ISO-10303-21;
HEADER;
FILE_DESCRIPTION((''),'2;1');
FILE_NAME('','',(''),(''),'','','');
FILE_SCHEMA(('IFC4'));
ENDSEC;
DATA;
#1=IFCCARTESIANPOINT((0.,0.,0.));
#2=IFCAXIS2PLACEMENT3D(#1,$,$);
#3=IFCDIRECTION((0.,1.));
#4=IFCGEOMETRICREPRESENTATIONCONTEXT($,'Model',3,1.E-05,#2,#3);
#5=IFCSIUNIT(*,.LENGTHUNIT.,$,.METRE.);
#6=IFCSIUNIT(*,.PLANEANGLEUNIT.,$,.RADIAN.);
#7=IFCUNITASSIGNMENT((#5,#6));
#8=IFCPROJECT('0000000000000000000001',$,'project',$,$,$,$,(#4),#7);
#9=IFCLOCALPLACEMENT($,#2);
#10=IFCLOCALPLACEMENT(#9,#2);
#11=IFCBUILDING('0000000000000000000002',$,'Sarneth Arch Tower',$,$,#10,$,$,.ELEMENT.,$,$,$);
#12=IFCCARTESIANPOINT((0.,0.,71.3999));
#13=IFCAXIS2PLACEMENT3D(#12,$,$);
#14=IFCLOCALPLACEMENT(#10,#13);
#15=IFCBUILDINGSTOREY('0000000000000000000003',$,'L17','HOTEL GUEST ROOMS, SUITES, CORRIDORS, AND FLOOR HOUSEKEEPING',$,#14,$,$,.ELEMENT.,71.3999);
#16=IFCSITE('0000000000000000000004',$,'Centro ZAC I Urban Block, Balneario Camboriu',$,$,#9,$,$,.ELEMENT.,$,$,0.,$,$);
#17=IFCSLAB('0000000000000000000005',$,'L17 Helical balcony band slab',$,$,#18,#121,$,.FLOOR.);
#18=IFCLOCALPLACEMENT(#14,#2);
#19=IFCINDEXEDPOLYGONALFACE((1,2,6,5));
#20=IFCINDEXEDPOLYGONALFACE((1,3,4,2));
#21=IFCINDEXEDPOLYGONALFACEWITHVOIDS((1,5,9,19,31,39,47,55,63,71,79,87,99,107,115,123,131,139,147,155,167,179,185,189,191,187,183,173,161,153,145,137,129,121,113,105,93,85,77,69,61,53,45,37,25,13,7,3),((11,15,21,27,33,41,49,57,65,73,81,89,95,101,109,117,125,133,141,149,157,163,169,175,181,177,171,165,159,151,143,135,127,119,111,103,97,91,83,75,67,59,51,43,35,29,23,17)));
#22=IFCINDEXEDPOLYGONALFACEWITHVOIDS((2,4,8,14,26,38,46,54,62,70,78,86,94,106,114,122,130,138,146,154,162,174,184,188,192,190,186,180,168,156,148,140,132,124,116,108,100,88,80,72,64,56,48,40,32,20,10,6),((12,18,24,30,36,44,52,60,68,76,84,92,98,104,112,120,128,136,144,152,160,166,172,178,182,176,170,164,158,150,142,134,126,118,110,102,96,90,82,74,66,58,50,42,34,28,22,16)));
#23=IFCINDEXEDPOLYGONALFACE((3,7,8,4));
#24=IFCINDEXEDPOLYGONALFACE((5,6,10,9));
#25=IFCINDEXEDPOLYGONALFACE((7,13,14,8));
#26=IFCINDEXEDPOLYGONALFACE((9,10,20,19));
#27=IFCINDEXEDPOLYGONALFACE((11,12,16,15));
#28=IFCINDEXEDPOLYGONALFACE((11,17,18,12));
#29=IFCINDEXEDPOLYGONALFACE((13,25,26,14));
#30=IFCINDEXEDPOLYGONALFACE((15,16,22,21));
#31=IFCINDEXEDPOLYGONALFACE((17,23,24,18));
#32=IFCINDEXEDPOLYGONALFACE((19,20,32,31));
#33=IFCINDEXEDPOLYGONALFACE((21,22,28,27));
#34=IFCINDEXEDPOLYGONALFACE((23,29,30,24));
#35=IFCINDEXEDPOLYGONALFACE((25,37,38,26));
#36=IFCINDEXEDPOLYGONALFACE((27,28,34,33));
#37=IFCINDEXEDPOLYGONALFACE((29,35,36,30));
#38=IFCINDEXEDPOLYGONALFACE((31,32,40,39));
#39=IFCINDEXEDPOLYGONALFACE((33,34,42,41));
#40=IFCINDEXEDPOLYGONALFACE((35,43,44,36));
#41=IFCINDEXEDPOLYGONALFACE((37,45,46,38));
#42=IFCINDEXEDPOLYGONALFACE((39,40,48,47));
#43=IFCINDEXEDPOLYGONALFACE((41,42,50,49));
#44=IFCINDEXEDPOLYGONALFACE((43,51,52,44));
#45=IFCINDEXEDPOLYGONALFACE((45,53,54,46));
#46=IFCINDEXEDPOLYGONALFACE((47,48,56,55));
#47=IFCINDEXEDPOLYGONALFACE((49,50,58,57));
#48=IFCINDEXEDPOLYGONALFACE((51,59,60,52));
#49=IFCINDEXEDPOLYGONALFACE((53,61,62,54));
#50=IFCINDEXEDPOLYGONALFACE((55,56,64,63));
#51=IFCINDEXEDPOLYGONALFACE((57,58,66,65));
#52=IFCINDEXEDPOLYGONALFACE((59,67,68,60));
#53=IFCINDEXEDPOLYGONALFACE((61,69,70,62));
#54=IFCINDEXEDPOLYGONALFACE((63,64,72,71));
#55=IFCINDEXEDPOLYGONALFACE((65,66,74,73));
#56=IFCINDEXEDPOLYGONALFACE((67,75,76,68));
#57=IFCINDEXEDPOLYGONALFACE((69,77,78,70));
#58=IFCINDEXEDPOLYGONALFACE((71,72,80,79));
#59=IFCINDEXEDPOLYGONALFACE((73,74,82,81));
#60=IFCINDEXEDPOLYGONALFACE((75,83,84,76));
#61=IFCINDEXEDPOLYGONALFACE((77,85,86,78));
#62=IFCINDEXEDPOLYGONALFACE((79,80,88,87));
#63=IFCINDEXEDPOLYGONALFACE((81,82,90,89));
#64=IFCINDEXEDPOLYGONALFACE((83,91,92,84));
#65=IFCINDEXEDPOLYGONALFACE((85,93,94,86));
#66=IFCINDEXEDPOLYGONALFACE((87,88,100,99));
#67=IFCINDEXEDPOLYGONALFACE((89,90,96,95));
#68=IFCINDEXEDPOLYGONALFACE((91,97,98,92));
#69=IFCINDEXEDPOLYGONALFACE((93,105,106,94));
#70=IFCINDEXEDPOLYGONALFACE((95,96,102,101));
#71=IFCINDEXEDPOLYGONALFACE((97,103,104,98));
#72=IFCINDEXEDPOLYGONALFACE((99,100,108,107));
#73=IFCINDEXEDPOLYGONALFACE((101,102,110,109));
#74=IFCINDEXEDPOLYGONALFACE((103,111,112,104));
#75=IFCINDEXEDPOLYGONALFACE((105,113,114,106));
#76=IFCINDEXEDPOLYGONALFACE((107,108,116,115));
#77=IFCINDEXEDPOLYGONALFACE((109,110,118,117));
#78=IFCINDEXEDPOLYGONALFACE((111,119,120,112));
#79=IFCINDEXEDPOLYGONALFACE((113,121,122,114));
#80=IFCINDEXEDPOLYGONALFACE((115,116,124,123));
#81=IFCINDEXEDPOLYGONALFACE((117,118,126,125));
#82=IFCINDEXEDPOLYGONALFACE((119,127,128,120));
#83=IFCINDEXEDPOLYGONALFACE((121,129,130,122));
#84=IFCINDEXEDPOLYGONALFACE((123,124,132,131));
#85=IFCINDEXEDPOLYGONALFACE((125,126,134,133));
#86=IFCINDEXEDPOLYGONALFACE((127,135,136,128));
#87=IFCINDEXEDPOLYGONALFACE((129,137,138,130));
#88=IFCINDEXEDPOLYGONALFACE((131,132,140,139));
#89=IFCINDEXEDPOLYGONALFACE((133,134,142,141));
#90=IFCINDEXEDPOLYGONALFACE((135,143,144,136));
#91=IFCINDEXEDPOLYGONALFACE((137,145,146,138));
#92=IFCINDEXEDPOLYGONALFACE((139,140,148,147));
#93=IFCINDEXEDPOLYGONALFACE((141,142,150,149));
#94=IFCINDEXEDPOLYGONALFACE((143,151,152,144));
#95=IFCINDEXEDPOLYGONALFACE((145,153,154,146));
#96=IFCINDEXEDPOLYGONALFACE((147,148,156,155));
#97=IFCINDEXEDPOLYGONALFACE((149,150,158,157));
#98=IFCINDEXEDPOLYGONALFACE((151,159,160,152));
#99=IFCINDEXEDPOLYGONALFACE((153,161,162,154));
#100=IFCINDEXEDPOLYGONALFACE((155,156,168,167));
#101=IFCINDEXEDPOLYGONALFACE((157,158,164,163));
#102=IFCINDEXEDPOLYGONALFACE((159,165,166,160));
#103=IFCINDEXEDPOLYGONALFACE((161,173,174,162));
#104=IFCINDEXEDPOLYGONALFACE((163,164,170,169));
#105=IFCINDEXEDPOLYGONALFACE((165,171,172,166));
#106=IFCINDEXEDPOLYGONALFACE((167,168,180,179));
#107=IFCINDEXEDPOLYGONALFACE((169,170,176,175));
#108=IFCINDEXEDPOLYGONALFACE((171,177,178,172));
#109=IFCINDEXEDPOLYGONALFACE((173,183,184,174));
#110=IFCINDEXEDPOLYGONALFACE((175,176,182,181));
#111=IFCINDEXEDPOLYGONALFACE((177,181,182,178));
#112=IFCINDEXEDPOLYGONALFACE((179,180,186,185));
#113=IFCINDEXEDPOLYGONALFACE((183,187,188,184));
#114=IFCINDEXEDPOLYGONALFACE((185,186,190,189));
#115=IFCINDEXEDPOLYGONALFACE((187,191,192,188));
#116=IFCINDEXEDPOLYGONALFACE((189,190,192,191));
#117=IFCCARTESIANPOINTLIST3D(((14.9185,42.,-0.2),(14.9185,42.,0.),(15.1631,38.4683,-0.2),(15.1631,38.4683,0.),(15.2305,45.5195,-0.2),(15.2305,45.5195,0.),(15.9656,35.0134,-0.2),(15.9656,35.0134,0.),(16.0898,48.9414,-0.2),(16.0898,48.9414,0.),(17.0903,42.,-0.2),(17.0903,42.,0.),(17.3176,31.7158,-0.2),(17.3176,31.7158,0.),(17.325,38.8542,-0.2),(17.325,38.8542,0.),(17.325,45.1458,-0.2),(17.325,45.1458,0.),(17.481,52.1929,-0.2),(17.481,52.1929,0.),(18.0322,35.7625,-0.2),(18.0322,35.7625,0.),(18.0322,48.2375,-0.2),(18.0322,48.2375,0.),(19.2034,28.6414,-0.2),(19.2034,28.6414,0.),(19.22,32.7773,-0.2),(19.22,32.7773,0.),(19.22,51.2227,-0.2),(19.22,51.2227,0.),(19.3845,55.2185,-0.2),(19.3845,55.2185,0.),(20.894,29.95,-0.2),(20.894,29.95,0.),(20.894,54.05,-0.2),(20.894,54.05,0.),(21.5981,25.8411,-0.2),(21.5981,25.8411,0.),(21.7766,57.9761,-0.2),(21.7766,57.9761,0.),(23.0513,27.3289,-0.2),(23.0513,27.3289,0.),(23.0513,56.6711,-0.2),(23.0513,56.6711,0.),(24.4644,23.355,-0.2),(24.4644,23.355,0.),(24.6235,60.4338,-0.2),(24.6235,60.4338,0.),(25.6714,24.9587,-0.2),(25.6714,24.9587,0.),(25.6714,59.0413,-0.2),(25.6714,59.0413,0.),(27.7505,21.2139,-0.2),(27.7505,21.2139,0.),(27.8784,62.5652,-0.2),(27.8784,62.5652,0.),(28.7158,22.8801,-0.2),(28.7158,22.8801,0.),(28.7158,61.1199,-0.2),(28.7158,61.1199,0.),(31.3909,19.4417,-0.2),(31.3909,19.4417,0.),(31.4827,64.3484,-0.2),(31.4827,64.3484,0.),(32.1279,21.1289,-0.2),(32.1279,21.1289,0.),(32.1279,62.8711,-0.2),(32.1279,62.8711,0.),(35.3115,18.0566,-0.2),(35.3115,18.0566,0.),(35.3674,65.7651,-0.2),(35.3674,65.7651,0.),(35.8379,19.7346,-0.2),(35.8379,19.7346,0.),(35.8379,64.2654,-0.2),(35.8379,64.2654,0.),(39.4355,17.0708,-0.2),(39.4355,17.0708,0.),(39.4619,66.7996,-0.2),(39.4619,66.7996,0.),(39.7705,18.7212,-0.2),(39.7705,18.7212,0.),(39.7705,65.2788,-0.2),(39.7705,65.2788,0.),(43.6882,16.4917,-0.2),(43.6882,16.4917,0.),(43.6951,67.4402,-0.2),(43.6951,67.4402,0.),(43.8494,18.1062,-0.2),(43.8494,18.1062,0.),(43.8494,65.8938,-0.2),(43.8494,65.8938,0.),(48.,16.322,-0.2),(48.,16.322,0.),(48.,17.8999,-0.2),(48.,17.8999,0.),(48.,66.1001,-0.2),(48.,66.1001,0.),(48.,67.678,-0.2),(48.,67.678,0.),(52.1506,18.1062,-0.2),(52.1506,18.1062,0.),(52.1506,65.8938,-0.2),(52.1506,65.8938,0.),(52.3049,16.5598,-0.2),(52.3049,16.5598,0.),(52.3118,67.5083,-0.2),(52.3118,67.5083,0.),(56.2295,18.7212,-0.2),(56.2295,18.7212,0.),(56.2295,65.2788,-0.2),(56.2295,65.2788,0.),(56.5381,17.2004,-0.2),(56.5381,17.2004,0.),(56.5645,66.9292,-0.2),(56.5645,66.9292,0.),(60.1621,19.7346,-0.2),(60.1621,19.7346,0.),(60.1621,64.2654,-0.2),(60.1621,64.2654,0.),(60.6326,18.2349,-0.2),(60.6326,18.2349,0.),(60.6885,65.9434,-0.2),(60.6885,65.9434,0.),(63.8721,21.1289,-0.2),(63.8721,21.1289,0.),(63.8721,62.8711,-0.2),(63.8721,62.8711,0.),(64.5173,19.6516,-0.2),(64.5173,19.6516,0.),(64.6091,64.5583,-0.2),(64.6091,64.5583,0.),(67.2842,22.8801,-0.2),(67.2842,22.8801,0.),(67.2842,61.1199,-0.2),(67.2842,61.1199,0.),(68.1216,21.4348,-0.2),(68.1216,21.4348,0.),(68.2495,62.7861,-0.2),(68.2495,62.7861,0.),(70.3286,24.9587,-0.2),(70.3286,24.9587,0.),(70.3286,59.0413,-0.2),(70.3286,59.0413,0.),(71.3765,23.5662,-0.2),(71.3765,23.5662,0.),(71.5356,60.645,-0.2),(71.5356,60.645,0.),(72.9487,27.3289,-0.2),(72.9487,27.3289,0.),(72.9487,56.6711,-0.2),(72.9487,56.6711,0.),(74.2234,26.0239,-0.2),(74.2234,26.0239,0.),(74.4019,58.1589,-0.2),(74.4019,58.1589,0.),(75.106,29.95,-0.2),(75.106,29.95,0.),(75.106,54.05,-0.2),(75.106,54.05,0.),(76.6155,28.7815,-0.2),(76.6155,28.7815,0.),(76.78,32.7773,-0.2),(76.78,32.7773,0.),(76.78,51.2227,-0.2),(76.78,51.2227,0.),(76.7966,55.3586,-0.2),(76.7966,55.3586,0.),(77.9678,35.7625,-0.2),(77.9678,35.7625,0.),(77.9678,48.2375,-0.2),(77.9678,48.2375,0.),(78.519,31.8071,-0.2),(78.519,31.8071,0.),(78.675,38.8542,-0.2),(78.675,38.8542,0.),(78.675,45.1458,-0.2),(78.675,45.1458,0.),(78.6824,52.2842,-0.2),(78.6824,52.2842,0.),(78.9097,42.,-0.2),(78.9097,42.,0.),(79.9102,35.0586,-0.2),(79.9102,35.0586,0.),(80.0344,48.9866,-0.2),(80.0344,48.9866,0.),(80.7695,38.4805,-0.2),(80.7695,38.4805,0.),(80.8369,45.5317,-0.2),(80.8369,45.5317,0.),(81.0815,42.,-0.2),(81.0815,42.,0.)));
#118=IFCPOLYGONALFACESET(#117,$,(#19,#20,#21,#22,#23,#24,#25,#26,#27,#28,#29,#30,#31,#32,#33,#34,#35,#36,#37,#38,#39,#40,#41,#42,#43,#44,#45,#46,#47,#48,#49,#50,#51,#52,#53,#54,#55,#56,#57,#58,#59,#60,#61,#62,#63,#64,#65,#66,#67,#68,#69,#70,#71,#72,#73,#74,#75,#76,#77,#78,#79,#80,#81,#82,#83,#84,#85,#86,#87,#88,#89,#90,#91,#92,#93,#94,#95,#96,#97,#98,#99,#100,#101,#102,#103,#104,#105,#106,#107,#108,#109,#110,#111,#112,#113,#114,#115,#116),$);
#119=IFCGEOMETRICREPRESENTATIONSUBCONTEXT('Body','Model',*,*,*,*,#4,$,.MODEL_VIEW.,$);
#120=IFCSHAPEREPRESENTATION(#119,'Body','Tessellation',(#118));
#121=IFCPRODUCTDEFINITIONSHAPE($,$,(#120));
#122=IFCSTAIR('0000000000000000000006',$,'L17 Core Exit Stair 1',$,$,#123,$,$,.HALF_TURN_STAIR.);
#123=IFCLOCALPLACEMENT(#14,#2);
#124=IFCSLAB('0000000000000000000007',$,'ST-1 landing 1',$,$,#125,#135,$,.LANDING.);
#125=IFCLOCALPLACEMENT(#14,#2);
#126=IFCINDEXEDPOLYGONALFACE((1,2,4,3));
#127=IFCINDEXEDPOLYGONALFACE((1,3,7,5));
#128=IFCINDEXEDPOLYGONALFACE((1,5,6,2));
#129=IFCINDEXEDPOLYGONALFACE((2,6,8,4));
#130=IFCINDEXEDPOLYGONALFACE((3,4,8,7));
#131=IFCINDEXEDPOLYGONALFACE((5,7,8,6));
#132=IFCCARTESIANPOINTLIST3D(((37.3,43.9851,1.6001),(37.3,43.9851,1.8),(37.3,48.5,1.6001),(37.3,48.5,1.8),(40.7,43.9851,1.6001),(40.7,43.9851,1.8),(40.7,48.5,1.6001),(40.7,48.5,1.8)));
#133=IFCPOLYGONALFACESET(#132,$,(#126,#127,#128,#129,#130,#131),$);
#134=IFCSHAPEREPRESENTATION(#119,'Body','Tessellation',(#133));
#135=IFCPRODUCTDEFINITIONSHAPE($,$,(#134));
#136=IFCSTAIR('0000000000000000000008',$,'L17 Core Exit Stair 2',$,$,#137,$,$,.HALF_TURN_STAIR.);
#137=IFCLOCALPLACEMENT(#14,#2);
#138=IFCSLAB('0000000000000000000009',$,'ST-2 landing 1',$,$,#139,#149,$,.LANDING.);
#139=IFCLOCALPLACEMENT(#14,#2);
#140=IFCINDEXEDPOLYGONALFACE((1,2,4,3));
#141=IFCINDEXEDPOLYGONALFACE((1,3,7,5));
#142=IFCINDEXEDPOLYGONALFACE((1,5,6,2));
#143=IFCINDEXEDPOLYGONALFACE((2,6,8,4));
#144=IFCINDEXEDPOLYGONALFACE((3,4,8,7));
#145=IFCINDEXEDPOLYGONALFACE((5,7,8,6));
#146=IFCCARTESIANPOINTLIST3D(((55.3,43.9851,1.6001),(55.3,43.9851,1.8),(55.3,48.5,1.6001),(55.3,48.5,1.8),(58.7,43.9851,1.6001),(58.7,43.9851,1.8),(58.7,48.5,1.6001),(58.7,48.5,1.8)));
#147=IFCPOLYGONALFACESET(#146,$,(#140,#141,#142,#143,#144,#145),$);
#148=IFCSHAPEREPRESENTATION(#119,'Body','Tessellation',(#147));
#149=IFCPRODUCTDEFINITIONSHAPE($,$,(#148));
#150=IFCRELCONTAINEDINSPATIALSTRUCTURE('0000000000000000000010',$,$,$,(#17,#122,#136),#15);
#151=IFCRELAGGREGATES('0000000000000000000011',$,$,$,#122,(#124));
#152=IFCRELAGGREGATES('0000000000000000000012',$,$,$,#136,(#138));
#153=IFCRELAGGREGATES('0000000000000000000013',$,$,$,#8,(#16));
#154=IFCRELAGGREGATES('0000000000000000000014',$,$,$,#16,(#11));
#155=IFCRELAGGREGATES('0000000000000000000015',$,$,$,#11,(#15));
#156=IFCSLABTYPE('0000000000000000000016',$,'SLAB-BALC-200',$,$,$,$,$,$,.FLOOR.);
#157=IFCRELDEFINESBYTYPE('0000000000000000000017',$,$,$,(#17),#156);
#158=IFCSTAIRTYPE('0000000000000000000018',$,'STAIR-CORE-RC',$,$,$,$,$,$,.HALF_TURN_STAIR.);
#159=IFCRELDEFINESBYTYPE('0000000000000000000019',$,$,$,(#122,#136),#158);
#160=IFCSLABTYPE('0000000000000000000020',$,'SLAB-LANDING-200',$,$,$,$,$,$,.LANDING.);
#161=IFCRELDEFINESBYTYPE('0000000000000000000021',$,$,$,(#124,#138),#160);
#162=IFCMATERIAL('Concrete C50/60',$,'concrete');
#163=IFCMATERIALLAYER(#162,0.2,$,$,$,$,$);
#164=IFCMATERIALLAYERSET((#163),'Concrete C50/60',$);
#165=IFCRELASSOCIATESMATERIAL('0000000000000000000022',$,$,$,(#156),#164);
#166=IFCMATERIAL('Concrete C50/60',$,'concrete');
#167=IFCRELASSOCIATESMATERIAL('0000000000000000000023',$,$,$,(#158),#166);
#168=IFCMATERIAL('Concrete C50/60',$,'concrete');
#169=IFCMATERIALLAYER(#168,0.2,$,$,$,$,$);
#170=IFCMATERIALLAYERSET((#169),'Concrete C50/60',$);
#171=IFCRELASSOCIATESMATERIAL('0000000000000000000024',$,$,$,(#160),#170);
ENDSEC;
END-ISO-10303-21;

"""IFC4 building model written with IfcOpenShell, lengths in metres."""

from ifc_helpers import new_model, si_unit, direction, frame, origin, place, context, subcontext, project, spatial, polyline, outline, extrude, material, layer, layer_set, type_object, element, aggregate, save


model = new_model("IFC4")

# Units and contexts
model_context = context("Model", 3, precision=1e-05, world=origin(), true_north=direction((0.0, 1.0)))
body_context = subcontext(model_context, "Body", "Model", "MODEL_VIEW")
ifc_project = project(units=[si_unit("LENGTHUNIT", "METRE"), si_unit("PLANEANGLEUNIT", "RADIAN")], contexts=[model_context])

# Site, building, storey
site_placement = place(None, origin())
site = spatial("IfcSite", under=ifc_project, at=site_placement, Name="Centro ZAC I Urban Block, Balneario Camboriu", CompositionType="ELEMENT", RefElevation=0.0)
building_placement = place(site_placement, origin())
building = spatial("IfcBuilding", under=site, at=building_placement, Name="Sarneth Arch Tower", CompositionType="ELEMENT")
storey_placement = place(building_placement, frame((0.0, 0.0, 71.3999)))
storey = spatial("IfcBuildingStorey", under=building, at=storey_placement, Name="L17", Description="HOTEL GUEST ROOMS, SUITES, CORRIDORS, AND FLOOR HOUSEKEEPING", CompositionType="ELEMENT", Elevation=71.3999)

# Slab
ifc_material_1 = material(Name="Concrete C50/60", Category="concrete")
ifc_layer_1 = layer(ifc_material_1, 0.2)
ifc_layer_set_1 = layer_set([ifc_layer_1], Name="Concrete C50/60")
slab_type_1 = type_object("IfcSlabType", Name="SLAB-BALC-200", PredefinedType="FLOOR", material=ifc_layer_set_1)
slab_1_placement = place(storey_placement, frame((0.0, 0.0, -0.2)))
element("IfcSlab", 1, at=slab_1_placement, inside=storey, type_object=slab_type_1, Name="L17 Helical balcony band slab", PredefinedType="FLOOR", context=body_context, shape_type="SweptSolid", body=[
    extrude(outline(polyline([(81.0815, 42.0), (80.8369, 45.5317), (80.0344, 48.9866), (78.6824, 52.2842), (76.7966, 55.3586), (74.4019, 58.1589), (71.5356, 60.645), (68.2495, 62.7861), (64.6091, 64.5583), (60.6885, 65.9434), (56.5645, 66.9292), (52.3118, 67.5083), (48.0, 67.678), (43.6951, 67.4402), (39.4619, 66.7996), (35.3674, 65.7651), (31.4827, 64.3484), (27.8784, 62.5652), (24.6235, 60.4338), (21.7766, 57.9761), (19.3845, 55.2185), (17.481, 52.1929), (16.0898, 48.9414), (15.2305, 45.5195), (14.9185, 42.0), (15.1631, 38.4683), (15.9656, 35.0134), (17.3176, 31.7158), (19.2034, 28.6414), (21.5981, 25.8411), (24.4644, 23.355), (27.7505, 21.2139), (31.3909, 19.4417), (35.3115, 18.0566), (39.4355, 17.0708), (43.6882, 16.4917), (48.0, 16.322), (52.3049, 16.5598), (56.5381, 17.2004), (60.6326, 18.2349), (64.5173, 19.6516), (68.1216, 21.4348), (71.3765, 23.5662), (74.2234, 26.0239), (76.6155, 28.7815), (78.519, 31.8071), (79.9102, 35.0586), (80.7695, 38.4805), (81.0815, 42.0)]), holes=[polyline([(78.9097, 42.0), (78.675, 45.1458), (77.9678, 48.2375), (76.78, 51.2227), (75.106, 54.05), (72.9487, 56.6711), (70.3286, 59.0413), (67.2842, 61.1199), (63.8721, 62.8711), (60.1621, 64.2654), (56.2295, 65.2788), (52.1506, 65.8938), (48.0, 66.1001), (43.8494, 65.8938), (39.7705, 65.2788), (35.8379, 64.2654), (32.1279, 62.8711), (28.7158, 61.1199), (25.6714, 59.0413), (23.0513, 56.6711), (20.894, 54.05), (19.22, 51.2227), (18.0322, 48.2375), (17.325, 45.1458), (17.0903, 42.0), (17.325, 38.8542), (18.0322, 35.7625), (19.22, 32.7773), (20.894, 29.95), (23.0513, 27.3289), (25.6714, 24.9587), (28.7158, 22.8801), (32.1279, 21.1289), (35.8379, 19.7346), (39.7705, 18.7212), (43.8494, 18.1062), (48.0, 17.8999), (52.1506, 18.1062), (56.2295, 18.7212), (60.1621, 19.7346), (63.8721, 21.1289), (67.2842, 22.8801), (70.3286, 24.9587), (72.9487, 27.3289), (75.106, 29.95), (76.78, 32.7773), (77.9678, 35.7625), (78.675, 38.8542), (78.9097, 42.0)])]), origin(), (0.0, 0.0, 1.0), 0.2),
])

# Stairs, slabs
ifc_material_2 = material(Name="Concrete C50/60", Category="concrete")
stair_type = type_object("IfcStairType", Name="STAIR-CORE-RC", PredefinedType="HALF_TURN_STAIR", material=ifc_material_2)
stair_1_placement = place(storey_placement, origin())
stair_1 = element("IfcStair", 2, at=stair_1_placement, inside=storey, type_object=stair_type, Name="L17 Core Exit Stair 1", PredefinedType="HALF_TURN_STAIR")
ifc_material_3 = material(Name="Concrete C50/60", Category="concrete")
ifc_layer_2 = layer(ifc_material_3, 0.2)
ifc_layer_set_2 = layer_set([ifc_layer_2], Name="Concrete C50/60")
slab_type_2 = type_object("IfcSlabType", Name="SLAB-LANDING-200", PredefinedType="LANDING", material=ifc_layer_set_2)
slab_2_placement = place(storey_placement, frame((0.0, 0.0, 1.6001)))
slab_2 = element("IfcSlab", 3, at=slab_2_placement, type_object=slab_type_2, Name="ST-1 landing 1", PredefinedType="LANDING", context=body_context, shape_type="SweptSolid", body=[
    extrude(outline(polyline([(37.3, 43.9851), (40.7, 43.9851), (40.7, 48.5), (37.3, 48.5), (37.3, 43.9851)])), origin(), (0.0, 0.0, 1.0), 0.2),
])
aggregate(stair_1, [slab_2])
stair_2_placement = place(storey_placement, origin())
stair_2 = element("IfcStair", 4, at=stair_2_placement, inside=storey, type_object=stair_type, Name="L17 Core Exit Stair 2", PredefinedType="HALF_TURN_STAIR")
slab_3_placement = place(storey_placement, frame((0.0, 0.0, 1.6001)))
slab_3 = element("IfcSlab", 5, at=slab_3_placement, type_object=slab_type_2, Name="ST-2 landing 1", PredefinedType="LANDING", context=body_context, shape_type="SweptSolid", body=[
    extrude(outline(polyline([(55.3, 43.9851), (58.7, 43.9851), (58.7, 48.5), (55.3, 48.5), (55.3, 43.9851)])), origin(), (0.0, 0.0, 1.0), 0.2),
])
aggregate(stair_2, [slab_3])

save(model, "model.ifc")
